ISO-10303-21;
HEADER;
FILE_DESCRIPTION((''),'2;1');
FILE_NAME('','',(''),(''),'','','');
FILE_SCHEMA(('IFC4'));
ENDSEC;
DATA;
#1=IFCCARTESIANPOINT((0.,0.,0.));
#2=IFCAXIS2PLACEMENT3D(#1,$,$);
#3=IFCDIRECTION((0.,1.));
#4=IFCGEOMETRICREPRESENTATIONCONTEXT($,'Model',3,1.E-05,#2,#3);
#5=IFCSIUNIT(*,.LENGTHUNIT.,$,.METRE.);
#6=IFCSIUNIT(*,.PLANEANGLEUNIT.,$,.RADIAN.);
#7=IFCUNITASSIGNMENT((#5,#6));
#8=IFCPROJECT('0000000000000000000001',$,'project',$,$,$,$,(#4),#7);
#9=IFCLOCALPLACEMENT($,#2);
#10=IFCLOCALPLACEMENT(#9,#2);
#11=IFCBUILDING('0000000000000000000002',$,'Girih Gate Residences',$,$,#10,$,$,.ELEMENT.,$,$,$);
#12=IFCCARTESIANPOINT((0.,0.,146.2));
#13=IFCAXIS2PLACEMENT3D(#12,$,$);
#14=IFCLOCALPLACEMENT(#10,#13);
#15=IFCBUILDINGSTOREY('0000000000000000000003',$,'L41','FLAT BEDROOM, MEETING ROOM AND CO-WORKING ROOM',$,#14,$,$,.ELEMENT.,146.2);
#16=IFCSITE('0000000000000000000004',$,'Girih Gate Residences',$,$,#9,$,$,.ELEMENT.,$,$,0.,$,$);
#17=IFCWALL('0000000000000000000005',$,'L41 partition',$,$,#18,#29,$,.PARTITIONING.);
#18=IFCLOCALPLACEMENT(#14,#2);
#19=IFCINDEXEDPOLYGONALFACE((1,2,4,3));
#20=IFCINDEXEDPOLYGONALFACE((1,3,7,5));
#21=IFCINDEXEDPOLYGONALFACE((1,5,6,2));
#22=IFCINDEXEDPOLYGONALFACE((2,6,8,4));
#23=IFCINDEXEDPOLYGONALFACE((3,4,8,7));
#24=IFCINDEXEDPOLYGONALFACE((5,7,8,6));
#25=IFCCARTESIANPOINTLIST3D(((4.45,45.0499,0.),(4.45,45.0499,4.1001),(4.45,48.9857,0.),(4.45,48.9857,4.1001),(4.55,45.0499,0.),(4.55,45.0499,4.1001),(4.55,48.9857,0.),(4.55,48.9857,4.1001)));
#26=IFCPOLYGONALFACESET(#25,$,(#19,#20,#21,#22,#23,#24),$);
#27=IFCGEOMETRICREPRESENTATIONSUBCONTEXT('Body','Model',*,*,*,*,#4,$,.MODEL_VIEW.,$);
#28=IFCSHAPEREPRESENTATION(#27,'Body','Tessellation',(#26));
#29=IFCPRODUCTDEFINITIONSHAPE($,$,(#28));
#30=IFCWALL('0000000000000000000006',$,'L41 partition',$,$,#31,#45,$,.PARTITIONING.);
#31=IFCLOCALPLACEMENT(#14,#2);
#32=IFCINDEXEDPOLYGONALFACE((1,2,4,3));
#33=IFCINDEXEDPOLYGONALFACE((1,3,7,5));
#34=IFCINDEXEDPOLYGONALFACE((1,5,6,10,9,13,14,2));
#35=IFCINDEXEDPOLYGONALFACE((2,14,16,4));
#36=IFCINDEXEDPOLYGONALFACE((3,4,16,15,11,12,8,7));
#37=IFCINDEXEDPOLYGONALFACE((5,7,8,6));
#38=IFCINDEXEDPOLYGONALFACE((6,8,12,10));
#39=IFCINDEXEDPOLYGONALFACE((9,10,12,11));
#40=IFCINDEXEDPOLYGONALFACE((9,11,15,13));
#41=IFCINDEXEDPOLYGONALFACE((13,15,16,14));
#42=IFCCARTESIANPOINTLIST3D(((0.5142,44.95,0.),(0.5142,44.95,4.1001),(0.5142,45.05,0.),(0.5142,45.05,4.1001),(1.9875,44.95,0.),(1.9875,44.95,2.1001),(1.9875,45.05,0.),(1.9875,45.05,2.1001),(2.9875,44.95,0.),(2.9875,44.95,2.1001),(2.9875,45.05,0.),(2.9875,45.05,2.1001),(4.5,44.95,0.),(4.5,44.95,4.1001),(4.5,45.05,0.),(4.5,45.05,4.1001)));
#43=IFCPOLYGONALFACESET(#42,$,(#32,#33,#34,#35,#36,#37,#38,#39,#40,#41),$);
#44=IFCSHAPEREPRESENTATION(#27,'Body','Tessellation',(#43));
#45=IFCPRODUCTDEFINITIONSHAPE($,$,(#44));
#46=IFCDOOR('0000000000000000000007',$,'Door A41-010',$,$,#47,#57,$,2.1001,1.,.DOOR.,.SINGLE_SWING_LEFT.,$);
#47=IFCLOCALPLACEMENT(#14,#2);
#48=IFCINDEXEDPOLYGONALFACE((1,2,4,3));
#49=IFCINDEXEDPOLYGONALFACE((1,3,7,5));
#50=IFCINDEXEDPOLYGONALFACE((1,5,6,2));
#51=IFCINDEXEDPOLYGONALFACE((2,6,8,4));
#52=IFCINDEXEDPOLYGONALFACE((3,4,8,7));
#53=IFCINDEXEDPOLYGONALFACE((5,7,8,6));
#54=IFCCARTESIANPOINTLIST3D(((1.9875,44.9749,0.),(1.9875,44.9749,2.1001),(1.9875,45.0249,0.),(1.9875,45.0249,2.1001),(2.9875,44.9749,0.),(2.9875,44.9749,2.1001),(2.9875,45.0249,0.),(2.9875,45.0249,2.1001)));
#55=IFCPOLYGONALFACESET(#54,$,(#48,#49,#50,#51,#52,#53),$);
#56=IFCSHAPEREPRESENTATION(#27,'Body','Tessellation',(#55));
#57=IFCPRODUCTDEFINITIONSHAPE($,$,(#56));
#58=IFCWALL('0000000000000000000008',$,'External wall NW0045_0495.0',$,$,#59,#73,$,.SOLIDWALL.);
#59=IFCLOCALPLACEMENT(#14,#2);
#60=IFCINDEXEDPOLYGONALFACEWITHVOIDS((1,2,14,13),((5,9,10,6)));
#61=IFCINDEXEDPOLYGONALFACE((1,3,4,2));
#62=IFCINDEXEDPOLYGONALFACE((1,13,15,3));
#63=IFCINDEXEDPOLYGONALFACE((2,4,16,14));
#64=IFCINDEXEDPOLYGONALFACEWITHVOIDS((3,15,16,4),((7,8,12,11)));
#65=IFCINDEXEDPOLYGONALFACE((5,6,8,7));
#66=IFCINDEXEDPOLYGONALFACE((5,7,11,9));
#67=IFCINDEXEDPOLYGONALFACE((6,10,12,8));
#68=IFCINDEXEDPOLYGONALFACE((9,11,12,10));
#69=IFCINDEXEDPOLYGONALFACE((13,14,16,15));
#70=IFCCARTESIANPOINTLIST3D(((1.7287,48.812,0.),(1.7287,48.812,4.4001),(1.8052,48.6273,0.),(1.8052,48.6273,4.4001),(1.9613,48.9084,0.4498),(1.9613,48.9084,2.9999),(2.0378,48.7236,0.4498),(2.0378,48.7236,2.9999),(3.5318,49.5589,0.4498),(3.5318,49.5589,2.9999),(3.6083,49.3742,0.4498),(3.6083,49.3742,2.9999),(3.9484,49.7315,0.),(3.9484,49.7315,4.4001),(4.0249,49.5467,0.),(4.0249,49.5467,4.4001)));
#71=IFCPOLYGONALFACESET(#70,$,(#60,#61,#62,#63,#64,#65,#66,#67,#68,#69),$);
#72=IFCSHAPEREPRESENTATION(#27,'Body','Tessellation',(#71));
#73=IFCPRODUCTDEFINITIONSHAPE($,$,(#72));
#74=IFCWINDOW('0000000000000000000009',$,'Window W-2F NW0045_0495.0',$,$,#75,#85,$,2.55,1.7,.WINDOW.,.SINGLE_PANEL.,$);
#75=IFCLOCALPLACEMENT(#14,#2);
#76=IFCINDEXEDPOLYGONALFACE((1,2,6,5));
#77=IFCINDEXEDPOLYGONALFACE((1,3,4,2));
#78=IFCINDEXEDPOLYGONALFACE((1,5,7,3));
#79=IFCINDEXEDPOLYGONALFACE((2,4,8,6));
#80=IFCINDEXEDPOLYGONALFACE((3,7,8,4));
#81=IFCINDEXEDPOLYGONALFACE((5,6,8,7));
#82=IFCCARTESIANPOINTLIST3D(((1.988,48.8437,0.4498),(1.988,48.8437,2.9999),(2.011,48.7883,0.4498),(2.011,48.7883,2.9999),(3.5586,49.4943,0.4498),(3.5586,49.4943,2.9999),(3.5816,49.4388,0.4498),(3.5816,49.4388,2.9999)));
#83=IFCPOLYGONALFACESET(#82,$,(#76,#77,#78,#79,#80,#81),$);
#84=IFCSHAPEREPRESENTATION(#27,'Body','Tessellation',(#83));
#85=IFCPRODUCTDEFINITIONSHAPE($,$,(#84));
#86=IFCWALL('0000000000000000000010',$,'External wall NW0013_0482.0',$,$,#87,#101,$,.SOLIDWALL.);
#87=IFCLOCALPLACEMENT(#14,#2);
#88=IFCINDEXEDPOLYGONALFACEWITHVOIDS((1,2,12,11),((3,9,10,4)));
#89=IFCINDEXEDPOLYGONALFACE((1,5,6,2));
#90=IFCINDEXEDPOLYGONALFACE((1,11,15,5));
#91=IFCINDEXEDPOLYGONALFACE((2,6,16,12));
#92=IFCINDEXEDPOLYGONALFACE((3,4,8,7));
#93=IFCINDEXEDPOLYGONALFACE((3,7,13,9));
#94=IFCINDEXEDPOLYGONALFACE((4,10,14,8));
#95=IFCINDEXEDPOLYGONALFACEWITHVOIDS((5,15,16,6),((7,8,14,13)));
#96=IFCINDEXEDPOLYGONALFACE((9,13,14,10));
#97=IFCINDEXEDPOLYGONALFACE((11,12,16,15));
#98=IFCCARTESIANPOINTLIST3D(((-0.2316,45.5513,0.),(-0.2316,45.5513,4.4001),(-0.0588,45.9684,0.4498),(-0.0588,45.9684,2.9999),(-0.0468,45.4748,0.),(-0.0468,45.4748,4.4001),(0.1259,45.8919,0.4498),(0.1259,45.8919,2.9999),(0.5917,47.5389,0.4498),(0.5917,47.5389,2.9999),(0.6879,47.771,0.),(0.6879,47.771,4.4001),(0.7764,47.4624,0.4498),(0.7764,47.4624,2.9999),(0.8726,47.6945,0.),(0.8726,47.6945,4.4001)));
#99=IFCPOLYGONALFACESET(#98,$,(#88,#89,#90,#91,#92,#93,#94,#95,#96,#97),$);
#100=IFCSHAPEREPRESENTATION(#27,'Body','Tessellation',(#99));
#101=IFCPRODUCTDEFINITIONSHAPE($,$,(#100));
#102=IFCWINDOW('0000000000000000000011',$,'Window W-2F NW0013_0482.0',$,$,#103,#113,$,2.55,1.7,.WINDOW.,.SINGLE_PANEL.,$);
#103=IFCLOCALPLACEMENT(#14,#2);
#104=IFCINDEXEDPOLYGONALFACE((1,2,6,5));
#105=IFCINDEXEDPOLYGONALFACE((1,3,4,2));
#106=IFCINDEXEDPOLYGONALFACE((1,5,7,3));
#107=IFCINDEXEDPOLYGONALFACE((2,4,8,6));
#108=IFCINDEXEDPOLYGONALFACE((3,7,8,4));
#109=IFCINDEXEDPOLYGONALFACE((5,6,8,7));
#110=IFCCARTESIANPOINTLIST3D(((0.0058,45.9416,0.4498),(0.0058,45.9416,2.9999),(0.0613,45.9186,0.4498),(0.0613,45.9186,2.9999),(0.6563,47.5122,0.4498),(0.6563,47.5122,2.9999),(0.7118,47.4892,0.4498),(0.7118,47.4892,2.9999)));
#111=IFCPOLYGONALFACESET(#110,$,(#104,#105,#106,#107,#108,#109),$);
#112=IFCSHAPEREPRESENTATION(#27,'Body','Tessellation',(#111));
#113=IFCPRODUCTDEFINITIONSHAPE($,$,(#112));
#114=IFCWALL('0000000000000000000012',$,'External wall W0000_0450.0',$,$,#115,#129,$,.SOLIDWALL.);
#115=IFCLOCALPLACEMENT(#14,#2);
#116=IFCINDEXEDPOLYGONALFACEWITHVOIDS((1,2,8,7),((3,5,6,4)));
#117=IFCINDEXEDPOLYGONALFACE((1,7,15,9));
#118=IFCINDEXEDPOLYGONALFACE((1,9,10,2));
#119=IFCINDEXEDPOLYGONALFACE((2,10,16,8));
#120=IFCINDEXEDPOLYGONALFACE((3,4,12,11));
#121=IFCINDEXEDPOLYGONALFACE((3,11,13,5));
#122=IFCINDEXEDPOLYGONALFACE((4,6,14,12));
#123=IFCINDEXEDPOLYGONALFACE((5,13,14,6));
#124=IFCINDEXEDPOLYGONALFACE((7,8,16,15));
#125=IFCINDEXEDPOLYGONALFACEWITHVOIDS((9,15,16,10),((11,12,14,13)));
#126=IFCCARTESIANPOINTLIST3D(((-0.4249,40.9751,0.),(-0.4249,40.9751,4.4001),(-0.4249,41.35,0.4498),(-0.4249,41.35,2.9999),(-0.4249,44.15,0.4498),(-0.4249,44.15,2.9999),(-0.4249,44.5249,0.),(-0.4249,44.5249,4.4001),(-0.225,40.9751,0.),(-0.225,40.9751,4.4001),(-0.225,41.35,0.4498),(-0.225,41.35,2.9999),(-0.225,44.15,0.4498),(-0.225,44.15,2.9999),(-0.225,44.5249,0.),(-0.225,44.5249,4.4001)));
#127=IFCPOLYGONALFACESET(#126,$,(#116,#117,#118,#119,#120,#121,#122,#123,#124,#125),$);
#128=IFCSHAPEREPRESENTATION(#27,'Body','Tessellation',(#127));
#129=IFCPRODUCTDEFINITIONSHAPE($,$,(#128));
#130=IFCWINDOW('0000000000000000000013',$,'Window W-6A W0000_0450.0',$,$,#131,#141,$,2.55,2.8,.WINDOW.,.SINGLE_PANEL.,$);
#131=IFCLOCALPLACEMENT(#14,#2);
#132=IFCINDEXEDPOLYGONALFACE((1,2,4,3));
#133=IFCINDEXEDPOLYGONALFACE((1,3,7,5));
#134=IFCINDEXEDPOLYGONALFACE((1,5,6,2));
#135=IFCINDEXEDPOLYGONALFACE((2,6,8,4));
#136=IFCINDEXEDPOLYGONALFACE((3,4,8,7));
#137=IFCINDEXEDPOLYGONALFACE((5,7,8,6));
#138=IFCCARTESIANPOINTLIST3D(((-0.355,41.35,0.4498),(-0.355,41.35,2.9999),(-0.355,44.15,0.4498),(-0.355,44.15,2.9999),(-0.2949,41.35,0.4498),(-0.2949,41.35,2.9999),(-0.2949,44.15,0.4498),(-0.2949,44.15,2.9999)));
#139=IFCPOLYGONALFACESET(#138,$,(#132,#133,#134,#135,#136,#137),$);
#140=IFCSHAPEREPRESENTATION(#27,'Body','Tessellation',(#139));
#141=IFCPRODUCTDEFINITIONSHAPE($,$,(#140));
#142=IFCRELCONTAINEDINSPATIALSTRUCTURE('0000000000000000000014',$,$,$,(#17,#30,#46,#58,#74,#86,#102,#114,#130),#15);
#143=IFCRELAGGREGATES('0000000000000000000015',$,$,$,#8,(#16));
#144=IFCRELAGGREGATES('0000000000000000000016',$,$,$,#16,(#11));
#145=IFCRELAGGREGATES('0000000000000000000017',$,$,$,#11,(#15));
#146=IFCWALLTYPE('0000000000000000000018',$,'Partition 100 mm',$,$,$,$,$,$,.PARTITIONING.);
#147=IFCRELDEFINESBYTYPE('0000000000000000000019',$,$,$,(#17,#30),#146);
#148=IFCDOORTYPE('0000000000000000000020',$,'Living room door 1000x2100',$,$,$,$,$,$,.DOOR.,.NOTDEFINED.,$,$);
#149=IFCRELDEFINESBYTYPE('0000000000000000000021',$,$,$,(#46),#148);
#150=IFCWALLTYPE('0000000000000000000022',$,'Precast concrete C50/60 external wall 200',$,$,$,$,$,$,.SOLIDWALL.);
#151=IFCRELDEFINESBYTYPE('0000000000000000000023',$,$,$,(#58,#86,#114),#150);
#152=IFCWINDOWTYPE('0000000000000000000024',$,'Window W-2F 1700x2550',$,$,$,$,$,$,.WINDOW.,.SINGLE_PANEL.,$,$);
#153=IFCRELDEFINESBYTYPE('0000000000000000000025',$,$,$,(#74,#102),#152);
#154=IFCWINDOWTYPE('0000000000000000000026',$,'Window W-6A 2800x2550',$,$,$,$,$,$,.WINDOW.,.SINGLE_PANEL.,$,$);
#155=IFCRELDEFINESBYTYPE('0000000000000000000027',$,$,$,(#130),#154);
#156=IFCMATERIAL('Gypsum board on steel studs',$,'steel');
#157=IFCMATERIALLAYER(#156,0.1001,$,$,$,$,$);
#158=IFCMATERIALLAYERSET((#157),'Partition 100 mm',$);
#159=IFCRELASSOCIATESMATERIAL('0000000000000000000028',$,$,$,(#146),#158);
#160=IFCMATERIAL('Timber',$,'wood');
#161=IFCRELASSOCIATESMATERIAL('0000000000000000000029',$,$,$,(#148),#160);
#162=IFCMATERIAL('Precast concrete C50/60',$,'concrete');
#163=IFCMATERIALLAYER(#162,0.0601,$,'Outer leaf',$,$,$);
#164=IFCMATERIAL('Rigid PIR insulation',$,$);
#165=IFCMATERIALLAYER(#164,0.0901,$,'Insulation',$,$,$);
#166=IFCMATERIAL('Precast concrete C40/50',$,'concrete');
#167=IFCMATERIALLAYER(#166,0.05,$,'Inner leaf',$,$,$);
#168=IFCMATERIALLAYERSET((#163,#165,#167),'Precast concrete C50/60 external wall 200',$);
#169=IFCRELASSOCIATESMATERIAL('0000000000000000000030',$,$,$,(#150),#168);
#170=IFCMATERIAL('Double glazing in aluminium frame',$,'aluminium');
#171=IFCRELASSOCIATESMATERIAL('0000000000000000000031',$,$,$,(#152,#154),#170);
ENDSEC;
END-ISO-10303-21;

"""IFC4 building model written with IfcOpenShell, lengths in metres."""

from ifc_helpers import new_model, si_unit, direction, frame, frame_2d, origin, place, context, subcontext, project, spatial, rectangle, extrude, material, layer, layer_set, type_object, element, fill, save


model = new_model("IFC4")

# Units and contexts
model_context = context("Model", 3, precision=1e-05, world=origin(), true_north=direction((0.0, 1.0)))
body_context = subcontext(model_context, "Body", "Model", "MODEL_VIEW")
ifc_project = project(units=[si_unit("LENGTHUNIT", "METRE"), si_unit("PLANEANGLEUNIT", "RADIAN")], contexts=[model_context])

# Site, building, storey
site_placement = place(None, origin())
site = spatial("IfcSite", under=ifc_project, at=site_placement, Name="Girih Gate Residences", CompositionType="ELEMENT", RefElevation=0.0)
building_placement = place(site_placement, origin())
building = spatial("IfcBuilding", under=site, at=building_placement, Name="Girih Gate Residences", CompositionType="ELEMENT")
storey_placement = place(building_placement, frame((0.0, 0.0, 146.2)))
storey = spatial("IfcBuildingStorey", under=building, at=storey_placement, Name="L41", Description="FLAT BEDROOM, MEETING ROOM AND CO-WORKING ROOM", CompositionType="ELEMENT", Elevation=146.2)

# Shared definitions
ifc_material_1 = material(Name="Gypsum board on steel studs", Category="steel")

# Shared definitions
ifc_material_2 = material(Name="Timber", Category="wood")
ifc_layer_1 = layer(ifc_material_1, 0.1001)
ifc_layer_set_1 = layer_set([ifc_layer_1], Name="Partition 100 mm")
wall_type_1 = type_object("IfcWallType", Name="Partition 100 mm", PredefinedType="PARTITIONING", material=ifc_layer_set_1)

# Wall
wall_1_placement = place(storey_placement, frame((4.5, 45.05, 0.0), z_axis=(0.0, 0.0, 1.0), x_axis=(0.0, 1.0, 0.0)))
element("IfcWall", 1, at=wall_1_placement, inside=storey, type_object=wall_type_1, Name="L41 partition", PredefinedType="PARTITIONING", context=body_context, shape_type="SweptSolid", body=[
    extrude(rectangle(XDim=3.9358, YDim=0.1001, at=frame_2d((1.9678, 0.0))), origin(), (0.0, 0.0, 1.0), 4.1001),
])

# Wall, opening, door
wall_2_placement = place(storey_placement, frame((0.5142, 45.0, 0.0), z_axis=(0.0, 0.0, 1.0), x_axis=(1.0, 0.0, 0.0)))
wall_2 = element("IfcWall", 2, at=wall_2_placement, inside=storey, type_object=wall_type_1, Name="L41 partition", PredefinedType="PARTITIONING", context=body_context, shape_type="SweptSolid", body=[
    extrude(rectangle(XDim=3.9858, YDim=0.1001, at=frame_2d((1.9929, 0.0))), origin(), (0.0, 0.0, 1.0), 4.1001),
])
opening_1_placement = place(wall_2_placement, frame((1.4734, 0.0, 0.0)))
opening_1 = element("IfcOpeningElement", 3, at=opening_1_placement, cuts=wall_2, PredefinedType="OPENING", context=body_context, shape_type="SweptSolid", body=[
    extrude(rectangle(XDim=1.0, YDim=2.1001, at=frame_2d((0.5, 1.05))), frame((0.0, 0.0601, 0.0), z_axis=(0.0, -1.0, 0.0), x_axis=(1.0, 0.0, 0.0)), (0.0, 0.0, 1.0), 0.1201),
])
door_type_1 = type_object("IfcDoorType", Name="Living room door 1000x2100", OperationType="NOTDEFINED", PredefinedType="DOOR", material=ifc_material_2)
door_1_placement = place(opening_1_placement, origin())
door_1 = element("IfcDoor", 4, at=door_1_placement, inside=storey, type_object=door_type_1, Name="Door A41-010", OperationType="SINGLE_SWING_LEFT", OverallHeight=2.1001, OverallWidth=1.0, PredefinedType="DOOR", context=body_context, shape_type="SweptSolid", body=[
    extrude(rectangle(XDim=1.0, YDim=2.1001, at=frame_2d((0.5, 1.05))), frame((0.0, 0.0249, 0.0), z_axis=(0.0, -1.0, 0.0), x_axis=(1.0, 0.0, 0.0)), (0.0, 0.0, 1.0), 0.05),
])
fill(opening_1, door_1)

# Walls, openings, windows
ifc_material_3 = material(Name="Precast concrete C50/60", Category="concrete")
ifc_layer_2 = layer(ifc_material_3, 0.0601, Name="Outer leaf")
ifc_material_4 = material(Name="Rigid PIR insulation")
ifc_layer_3 = layer(ifc_material_4, 0.0901, Name="Insulation")
ifc_material_5 = material(Name="Precast concrete C40/50", Category="concrete")
ifc_layer_4 = layer(ifc_material_5, 0.05, Name="Inner leaf")
ifc_layer_set_2 = layer_set([ifc_layer_2, ifc_layer_3, ifc_layer_4], Name="Precast concrete C50/60 external wall 200")
wall_type_2 = type_object("IfcWallType", Name="Precast concrete C50/60 external wall 200", PredefinedType="SOLIDWALL", material=ifc_layer_set_2)
wall_3_placement = place(storey_placement, frame((1.7671, 48.7197, 0.0), z_axis=(0.0, 0.0, 1.0), x_axis=(0.923881, 0.382681, 0.0)))
wall_3 = element("IfcWall", 5, at=wall_3_placement, inside=storey, type_object=wall_type_2, Name="External wall NW0045_0495.0", PredefinedType="SOLIDWALL", context=body_context, shape_type="SweptSolid", body=[
    extrude(rectangle(XDim=2.4026, YDim=0.2, at=frame_2d((1.2012, 0.0))), origin(), (0.0, 0.0, 1.0), 4.4001),
])
opening_2_placement = place(wall_3_placement, frame((0.2515, 0.0, 0.45)))
opening_2 = element("IfcOpeningElement", 6, at=opening_2_placement, cuts=wall_3, PredefinedType="OPENING", context=body_context, shape_type="SweptSolid", body=[
    extrude(rectangle(XDim=1.7, YDim=2.55, at=frame_2d((0.8501, 1.2749))), frame((0.0, 0.1099, 0.0), z_axis=(0.0, -1.0, 0.0), x_axis=(1.0, 0.0, 0.0)), (0.0, 0.0, 1.0), 0.22),
])
ifc_material_6 = material(Name="Double glazing in aluminium frame", Category="aluminium")
window_type_1 = type_object("IfcWindowType", Name="Window W-2F 1700x2550", PartitioningType="SINGLE_PANEL", PredefinedType="WINDOW", material=ifc_material_6)
window_1_placement = place(opening_2_placement, origin())
window_1 = element("IfcWindow", 7, at=window_1_placement, inside=storey, type_object=window_type_1, Name="Window W-2F NW0045_0495.0", OverallHeight=2.55, OverallWidth=1.7, PartitioningType="SINGLE_PANEL", PredefinedType="WINDOW", context=body_context, shape_type="SweptSolid", body=[
    extrude(rectangle(XDim=1.7, YDim=2.55, at=frame_2d((0.8501, 1.2749))), frame((0.0, 0.03, 0.0), z_axis=(0.0, -1.0, 0.0), x_axis=(1.0, 0.0, 0.0)), (0.0, 0.0, 1.0), 0.0601),
])
fill(opening_2, window_1)
wall_4_placement = place(storey_placement, frame((-0.1392, 45.5132, 0.0), z_axis=(0.0, 0.0, 1.0), x_axis=(0.382681, 0.923881, 0.0)))
wall_4 = element("IfcWall", 8, at=wall_4_placement, inside=storey, type_object=wall_type_2, Name="External wall NW0013_0482.0", PredefinedType="SOLIDWALL", context=body_context, shape_type="SweptSolid", body=[
    extrude(rectangle(XDim=2.4026, YDim=0.2, at=frame_2d((1.2012, 0.0))), origin(), (0.0, 0.0, 1.0), 4.4001),
])
opening_3_placement = place(wall_4_placement, frame((0.4512, 0.0, 0.45)))
opening_3 = element("IfcOpeningElement", 9, at=opening_3_placement, cuts=wall_4, PredefinedType="OPENING", context=body_context, shape_type="SweptSolid", body=[
    extrude(rectangle(XDim=1.7, YDim=2.55, at=frame_2d((0.8501, 1.2749))), frame((0.0, 0.1099, 0.0), z_axis=(0.0, -1.0, 0.0), x_axis=(1.0, 0.0, 0.0)), (0.0, 0.0, 1.0), 0.22),
])
window_2_placement = place(opening_3_placement, origin())
window_2 = element("IfcWindow", 10, at=window_2_placement, inside=storey, type_object=window_type_1, Name="Window W-2F NW0013_0482.0", OverallHeight=2.55, OverallWidth=1.7, PartitioningType="SINGLE_PANEL", PredefinedType="WINDOW", context=body_context, shape_type="SweptSolid", body=[
    extrude(rectangle(XDim=1.7, YDim=2.55, at=frame_2d((0.8501, 1.2749))), frame((0.0, 0.03, 0.0), z_axis=(0.0, -1.0, 0.0), x_axis=(1.0, 0.0, 0.0)), (0.0, 0.0, 1.0), 0.0601),
])
fill(opening_3, window_2)
wall_5_placement = place(storey_placement, frame((-0.325, 40.9751, 0.0), z_axis=(0.0, 0.0, 1.0), x_axis=(0.0, 1.0, 0.0)))
wall_5 = element("IfcWall", 11, at=wall_5_placement, inside=storey, type_object=wall_type_2, Name="External wall W0000_0450.0", PredefinedType="SOLIDWALL", context=body_context, shape_type="SweptSolid", body=[
    extrude(rectangle(XDim=3.5498, YDim=0.2, at=frame_2d((1.7749, 0.0))), origin(), (0.0, 0.0, 1.0), 4.4001),
])
opening_4_placement = place(wall_5_placement, frame((0.375, 0.0, 0.45)))
opening_4 = element("IfcOpeningElement", 12, at=opening_4_placement, cuts=wall_5, PredefinedType="OPENING", context=body_context, shape_type="SweptSolid", body=[
    extrude(rectangle(XDim=2.8, YDim=2.55, at=frame_2d((1.3999, 1.2749))), frame((0.0, 0.1099, 0.0), z_axis=(0.0, -1.0, 0.0), x_axis=(1.0, 0.0, 0.0)), (0.0, 0.0, 1.0), 0.22),
])
window_type_2 = type_object("IfcWindowType", Name="Window W-6A 2800x2550", PartitioningType="SINGLE_PANEL", PredefinedType="WINDOW", material=ifc_material_6)
window_3_placement = place(opening_4_placement, origin())
window_3 = element("IfcWindow", 13, at=window_3_placement, inside=storey, type_object=window_type_2, Name="Window W-6A W0000_0450.0", OverallHeight=2.55, OverallWidth=2.8, PartitioningType="SINGLE_PANEL", PredefinedType="WINDOW", context=body_context, shape_type="SweptSolid", body=[
    extrude(rectangle(XDim=2.8, YDim=2.55, at=frame_2d((1.3999, 1.2749))), frame((0.0, 0.03, 0.0), z_axis=(0.0, -1.0, 0.0), x_axis=(1.0, 0.0, 0.0)), (0.0, 0.0, 1.0), 0.0601),
])
fill(opening_4, window_3)

save(model, "model.ifc")
